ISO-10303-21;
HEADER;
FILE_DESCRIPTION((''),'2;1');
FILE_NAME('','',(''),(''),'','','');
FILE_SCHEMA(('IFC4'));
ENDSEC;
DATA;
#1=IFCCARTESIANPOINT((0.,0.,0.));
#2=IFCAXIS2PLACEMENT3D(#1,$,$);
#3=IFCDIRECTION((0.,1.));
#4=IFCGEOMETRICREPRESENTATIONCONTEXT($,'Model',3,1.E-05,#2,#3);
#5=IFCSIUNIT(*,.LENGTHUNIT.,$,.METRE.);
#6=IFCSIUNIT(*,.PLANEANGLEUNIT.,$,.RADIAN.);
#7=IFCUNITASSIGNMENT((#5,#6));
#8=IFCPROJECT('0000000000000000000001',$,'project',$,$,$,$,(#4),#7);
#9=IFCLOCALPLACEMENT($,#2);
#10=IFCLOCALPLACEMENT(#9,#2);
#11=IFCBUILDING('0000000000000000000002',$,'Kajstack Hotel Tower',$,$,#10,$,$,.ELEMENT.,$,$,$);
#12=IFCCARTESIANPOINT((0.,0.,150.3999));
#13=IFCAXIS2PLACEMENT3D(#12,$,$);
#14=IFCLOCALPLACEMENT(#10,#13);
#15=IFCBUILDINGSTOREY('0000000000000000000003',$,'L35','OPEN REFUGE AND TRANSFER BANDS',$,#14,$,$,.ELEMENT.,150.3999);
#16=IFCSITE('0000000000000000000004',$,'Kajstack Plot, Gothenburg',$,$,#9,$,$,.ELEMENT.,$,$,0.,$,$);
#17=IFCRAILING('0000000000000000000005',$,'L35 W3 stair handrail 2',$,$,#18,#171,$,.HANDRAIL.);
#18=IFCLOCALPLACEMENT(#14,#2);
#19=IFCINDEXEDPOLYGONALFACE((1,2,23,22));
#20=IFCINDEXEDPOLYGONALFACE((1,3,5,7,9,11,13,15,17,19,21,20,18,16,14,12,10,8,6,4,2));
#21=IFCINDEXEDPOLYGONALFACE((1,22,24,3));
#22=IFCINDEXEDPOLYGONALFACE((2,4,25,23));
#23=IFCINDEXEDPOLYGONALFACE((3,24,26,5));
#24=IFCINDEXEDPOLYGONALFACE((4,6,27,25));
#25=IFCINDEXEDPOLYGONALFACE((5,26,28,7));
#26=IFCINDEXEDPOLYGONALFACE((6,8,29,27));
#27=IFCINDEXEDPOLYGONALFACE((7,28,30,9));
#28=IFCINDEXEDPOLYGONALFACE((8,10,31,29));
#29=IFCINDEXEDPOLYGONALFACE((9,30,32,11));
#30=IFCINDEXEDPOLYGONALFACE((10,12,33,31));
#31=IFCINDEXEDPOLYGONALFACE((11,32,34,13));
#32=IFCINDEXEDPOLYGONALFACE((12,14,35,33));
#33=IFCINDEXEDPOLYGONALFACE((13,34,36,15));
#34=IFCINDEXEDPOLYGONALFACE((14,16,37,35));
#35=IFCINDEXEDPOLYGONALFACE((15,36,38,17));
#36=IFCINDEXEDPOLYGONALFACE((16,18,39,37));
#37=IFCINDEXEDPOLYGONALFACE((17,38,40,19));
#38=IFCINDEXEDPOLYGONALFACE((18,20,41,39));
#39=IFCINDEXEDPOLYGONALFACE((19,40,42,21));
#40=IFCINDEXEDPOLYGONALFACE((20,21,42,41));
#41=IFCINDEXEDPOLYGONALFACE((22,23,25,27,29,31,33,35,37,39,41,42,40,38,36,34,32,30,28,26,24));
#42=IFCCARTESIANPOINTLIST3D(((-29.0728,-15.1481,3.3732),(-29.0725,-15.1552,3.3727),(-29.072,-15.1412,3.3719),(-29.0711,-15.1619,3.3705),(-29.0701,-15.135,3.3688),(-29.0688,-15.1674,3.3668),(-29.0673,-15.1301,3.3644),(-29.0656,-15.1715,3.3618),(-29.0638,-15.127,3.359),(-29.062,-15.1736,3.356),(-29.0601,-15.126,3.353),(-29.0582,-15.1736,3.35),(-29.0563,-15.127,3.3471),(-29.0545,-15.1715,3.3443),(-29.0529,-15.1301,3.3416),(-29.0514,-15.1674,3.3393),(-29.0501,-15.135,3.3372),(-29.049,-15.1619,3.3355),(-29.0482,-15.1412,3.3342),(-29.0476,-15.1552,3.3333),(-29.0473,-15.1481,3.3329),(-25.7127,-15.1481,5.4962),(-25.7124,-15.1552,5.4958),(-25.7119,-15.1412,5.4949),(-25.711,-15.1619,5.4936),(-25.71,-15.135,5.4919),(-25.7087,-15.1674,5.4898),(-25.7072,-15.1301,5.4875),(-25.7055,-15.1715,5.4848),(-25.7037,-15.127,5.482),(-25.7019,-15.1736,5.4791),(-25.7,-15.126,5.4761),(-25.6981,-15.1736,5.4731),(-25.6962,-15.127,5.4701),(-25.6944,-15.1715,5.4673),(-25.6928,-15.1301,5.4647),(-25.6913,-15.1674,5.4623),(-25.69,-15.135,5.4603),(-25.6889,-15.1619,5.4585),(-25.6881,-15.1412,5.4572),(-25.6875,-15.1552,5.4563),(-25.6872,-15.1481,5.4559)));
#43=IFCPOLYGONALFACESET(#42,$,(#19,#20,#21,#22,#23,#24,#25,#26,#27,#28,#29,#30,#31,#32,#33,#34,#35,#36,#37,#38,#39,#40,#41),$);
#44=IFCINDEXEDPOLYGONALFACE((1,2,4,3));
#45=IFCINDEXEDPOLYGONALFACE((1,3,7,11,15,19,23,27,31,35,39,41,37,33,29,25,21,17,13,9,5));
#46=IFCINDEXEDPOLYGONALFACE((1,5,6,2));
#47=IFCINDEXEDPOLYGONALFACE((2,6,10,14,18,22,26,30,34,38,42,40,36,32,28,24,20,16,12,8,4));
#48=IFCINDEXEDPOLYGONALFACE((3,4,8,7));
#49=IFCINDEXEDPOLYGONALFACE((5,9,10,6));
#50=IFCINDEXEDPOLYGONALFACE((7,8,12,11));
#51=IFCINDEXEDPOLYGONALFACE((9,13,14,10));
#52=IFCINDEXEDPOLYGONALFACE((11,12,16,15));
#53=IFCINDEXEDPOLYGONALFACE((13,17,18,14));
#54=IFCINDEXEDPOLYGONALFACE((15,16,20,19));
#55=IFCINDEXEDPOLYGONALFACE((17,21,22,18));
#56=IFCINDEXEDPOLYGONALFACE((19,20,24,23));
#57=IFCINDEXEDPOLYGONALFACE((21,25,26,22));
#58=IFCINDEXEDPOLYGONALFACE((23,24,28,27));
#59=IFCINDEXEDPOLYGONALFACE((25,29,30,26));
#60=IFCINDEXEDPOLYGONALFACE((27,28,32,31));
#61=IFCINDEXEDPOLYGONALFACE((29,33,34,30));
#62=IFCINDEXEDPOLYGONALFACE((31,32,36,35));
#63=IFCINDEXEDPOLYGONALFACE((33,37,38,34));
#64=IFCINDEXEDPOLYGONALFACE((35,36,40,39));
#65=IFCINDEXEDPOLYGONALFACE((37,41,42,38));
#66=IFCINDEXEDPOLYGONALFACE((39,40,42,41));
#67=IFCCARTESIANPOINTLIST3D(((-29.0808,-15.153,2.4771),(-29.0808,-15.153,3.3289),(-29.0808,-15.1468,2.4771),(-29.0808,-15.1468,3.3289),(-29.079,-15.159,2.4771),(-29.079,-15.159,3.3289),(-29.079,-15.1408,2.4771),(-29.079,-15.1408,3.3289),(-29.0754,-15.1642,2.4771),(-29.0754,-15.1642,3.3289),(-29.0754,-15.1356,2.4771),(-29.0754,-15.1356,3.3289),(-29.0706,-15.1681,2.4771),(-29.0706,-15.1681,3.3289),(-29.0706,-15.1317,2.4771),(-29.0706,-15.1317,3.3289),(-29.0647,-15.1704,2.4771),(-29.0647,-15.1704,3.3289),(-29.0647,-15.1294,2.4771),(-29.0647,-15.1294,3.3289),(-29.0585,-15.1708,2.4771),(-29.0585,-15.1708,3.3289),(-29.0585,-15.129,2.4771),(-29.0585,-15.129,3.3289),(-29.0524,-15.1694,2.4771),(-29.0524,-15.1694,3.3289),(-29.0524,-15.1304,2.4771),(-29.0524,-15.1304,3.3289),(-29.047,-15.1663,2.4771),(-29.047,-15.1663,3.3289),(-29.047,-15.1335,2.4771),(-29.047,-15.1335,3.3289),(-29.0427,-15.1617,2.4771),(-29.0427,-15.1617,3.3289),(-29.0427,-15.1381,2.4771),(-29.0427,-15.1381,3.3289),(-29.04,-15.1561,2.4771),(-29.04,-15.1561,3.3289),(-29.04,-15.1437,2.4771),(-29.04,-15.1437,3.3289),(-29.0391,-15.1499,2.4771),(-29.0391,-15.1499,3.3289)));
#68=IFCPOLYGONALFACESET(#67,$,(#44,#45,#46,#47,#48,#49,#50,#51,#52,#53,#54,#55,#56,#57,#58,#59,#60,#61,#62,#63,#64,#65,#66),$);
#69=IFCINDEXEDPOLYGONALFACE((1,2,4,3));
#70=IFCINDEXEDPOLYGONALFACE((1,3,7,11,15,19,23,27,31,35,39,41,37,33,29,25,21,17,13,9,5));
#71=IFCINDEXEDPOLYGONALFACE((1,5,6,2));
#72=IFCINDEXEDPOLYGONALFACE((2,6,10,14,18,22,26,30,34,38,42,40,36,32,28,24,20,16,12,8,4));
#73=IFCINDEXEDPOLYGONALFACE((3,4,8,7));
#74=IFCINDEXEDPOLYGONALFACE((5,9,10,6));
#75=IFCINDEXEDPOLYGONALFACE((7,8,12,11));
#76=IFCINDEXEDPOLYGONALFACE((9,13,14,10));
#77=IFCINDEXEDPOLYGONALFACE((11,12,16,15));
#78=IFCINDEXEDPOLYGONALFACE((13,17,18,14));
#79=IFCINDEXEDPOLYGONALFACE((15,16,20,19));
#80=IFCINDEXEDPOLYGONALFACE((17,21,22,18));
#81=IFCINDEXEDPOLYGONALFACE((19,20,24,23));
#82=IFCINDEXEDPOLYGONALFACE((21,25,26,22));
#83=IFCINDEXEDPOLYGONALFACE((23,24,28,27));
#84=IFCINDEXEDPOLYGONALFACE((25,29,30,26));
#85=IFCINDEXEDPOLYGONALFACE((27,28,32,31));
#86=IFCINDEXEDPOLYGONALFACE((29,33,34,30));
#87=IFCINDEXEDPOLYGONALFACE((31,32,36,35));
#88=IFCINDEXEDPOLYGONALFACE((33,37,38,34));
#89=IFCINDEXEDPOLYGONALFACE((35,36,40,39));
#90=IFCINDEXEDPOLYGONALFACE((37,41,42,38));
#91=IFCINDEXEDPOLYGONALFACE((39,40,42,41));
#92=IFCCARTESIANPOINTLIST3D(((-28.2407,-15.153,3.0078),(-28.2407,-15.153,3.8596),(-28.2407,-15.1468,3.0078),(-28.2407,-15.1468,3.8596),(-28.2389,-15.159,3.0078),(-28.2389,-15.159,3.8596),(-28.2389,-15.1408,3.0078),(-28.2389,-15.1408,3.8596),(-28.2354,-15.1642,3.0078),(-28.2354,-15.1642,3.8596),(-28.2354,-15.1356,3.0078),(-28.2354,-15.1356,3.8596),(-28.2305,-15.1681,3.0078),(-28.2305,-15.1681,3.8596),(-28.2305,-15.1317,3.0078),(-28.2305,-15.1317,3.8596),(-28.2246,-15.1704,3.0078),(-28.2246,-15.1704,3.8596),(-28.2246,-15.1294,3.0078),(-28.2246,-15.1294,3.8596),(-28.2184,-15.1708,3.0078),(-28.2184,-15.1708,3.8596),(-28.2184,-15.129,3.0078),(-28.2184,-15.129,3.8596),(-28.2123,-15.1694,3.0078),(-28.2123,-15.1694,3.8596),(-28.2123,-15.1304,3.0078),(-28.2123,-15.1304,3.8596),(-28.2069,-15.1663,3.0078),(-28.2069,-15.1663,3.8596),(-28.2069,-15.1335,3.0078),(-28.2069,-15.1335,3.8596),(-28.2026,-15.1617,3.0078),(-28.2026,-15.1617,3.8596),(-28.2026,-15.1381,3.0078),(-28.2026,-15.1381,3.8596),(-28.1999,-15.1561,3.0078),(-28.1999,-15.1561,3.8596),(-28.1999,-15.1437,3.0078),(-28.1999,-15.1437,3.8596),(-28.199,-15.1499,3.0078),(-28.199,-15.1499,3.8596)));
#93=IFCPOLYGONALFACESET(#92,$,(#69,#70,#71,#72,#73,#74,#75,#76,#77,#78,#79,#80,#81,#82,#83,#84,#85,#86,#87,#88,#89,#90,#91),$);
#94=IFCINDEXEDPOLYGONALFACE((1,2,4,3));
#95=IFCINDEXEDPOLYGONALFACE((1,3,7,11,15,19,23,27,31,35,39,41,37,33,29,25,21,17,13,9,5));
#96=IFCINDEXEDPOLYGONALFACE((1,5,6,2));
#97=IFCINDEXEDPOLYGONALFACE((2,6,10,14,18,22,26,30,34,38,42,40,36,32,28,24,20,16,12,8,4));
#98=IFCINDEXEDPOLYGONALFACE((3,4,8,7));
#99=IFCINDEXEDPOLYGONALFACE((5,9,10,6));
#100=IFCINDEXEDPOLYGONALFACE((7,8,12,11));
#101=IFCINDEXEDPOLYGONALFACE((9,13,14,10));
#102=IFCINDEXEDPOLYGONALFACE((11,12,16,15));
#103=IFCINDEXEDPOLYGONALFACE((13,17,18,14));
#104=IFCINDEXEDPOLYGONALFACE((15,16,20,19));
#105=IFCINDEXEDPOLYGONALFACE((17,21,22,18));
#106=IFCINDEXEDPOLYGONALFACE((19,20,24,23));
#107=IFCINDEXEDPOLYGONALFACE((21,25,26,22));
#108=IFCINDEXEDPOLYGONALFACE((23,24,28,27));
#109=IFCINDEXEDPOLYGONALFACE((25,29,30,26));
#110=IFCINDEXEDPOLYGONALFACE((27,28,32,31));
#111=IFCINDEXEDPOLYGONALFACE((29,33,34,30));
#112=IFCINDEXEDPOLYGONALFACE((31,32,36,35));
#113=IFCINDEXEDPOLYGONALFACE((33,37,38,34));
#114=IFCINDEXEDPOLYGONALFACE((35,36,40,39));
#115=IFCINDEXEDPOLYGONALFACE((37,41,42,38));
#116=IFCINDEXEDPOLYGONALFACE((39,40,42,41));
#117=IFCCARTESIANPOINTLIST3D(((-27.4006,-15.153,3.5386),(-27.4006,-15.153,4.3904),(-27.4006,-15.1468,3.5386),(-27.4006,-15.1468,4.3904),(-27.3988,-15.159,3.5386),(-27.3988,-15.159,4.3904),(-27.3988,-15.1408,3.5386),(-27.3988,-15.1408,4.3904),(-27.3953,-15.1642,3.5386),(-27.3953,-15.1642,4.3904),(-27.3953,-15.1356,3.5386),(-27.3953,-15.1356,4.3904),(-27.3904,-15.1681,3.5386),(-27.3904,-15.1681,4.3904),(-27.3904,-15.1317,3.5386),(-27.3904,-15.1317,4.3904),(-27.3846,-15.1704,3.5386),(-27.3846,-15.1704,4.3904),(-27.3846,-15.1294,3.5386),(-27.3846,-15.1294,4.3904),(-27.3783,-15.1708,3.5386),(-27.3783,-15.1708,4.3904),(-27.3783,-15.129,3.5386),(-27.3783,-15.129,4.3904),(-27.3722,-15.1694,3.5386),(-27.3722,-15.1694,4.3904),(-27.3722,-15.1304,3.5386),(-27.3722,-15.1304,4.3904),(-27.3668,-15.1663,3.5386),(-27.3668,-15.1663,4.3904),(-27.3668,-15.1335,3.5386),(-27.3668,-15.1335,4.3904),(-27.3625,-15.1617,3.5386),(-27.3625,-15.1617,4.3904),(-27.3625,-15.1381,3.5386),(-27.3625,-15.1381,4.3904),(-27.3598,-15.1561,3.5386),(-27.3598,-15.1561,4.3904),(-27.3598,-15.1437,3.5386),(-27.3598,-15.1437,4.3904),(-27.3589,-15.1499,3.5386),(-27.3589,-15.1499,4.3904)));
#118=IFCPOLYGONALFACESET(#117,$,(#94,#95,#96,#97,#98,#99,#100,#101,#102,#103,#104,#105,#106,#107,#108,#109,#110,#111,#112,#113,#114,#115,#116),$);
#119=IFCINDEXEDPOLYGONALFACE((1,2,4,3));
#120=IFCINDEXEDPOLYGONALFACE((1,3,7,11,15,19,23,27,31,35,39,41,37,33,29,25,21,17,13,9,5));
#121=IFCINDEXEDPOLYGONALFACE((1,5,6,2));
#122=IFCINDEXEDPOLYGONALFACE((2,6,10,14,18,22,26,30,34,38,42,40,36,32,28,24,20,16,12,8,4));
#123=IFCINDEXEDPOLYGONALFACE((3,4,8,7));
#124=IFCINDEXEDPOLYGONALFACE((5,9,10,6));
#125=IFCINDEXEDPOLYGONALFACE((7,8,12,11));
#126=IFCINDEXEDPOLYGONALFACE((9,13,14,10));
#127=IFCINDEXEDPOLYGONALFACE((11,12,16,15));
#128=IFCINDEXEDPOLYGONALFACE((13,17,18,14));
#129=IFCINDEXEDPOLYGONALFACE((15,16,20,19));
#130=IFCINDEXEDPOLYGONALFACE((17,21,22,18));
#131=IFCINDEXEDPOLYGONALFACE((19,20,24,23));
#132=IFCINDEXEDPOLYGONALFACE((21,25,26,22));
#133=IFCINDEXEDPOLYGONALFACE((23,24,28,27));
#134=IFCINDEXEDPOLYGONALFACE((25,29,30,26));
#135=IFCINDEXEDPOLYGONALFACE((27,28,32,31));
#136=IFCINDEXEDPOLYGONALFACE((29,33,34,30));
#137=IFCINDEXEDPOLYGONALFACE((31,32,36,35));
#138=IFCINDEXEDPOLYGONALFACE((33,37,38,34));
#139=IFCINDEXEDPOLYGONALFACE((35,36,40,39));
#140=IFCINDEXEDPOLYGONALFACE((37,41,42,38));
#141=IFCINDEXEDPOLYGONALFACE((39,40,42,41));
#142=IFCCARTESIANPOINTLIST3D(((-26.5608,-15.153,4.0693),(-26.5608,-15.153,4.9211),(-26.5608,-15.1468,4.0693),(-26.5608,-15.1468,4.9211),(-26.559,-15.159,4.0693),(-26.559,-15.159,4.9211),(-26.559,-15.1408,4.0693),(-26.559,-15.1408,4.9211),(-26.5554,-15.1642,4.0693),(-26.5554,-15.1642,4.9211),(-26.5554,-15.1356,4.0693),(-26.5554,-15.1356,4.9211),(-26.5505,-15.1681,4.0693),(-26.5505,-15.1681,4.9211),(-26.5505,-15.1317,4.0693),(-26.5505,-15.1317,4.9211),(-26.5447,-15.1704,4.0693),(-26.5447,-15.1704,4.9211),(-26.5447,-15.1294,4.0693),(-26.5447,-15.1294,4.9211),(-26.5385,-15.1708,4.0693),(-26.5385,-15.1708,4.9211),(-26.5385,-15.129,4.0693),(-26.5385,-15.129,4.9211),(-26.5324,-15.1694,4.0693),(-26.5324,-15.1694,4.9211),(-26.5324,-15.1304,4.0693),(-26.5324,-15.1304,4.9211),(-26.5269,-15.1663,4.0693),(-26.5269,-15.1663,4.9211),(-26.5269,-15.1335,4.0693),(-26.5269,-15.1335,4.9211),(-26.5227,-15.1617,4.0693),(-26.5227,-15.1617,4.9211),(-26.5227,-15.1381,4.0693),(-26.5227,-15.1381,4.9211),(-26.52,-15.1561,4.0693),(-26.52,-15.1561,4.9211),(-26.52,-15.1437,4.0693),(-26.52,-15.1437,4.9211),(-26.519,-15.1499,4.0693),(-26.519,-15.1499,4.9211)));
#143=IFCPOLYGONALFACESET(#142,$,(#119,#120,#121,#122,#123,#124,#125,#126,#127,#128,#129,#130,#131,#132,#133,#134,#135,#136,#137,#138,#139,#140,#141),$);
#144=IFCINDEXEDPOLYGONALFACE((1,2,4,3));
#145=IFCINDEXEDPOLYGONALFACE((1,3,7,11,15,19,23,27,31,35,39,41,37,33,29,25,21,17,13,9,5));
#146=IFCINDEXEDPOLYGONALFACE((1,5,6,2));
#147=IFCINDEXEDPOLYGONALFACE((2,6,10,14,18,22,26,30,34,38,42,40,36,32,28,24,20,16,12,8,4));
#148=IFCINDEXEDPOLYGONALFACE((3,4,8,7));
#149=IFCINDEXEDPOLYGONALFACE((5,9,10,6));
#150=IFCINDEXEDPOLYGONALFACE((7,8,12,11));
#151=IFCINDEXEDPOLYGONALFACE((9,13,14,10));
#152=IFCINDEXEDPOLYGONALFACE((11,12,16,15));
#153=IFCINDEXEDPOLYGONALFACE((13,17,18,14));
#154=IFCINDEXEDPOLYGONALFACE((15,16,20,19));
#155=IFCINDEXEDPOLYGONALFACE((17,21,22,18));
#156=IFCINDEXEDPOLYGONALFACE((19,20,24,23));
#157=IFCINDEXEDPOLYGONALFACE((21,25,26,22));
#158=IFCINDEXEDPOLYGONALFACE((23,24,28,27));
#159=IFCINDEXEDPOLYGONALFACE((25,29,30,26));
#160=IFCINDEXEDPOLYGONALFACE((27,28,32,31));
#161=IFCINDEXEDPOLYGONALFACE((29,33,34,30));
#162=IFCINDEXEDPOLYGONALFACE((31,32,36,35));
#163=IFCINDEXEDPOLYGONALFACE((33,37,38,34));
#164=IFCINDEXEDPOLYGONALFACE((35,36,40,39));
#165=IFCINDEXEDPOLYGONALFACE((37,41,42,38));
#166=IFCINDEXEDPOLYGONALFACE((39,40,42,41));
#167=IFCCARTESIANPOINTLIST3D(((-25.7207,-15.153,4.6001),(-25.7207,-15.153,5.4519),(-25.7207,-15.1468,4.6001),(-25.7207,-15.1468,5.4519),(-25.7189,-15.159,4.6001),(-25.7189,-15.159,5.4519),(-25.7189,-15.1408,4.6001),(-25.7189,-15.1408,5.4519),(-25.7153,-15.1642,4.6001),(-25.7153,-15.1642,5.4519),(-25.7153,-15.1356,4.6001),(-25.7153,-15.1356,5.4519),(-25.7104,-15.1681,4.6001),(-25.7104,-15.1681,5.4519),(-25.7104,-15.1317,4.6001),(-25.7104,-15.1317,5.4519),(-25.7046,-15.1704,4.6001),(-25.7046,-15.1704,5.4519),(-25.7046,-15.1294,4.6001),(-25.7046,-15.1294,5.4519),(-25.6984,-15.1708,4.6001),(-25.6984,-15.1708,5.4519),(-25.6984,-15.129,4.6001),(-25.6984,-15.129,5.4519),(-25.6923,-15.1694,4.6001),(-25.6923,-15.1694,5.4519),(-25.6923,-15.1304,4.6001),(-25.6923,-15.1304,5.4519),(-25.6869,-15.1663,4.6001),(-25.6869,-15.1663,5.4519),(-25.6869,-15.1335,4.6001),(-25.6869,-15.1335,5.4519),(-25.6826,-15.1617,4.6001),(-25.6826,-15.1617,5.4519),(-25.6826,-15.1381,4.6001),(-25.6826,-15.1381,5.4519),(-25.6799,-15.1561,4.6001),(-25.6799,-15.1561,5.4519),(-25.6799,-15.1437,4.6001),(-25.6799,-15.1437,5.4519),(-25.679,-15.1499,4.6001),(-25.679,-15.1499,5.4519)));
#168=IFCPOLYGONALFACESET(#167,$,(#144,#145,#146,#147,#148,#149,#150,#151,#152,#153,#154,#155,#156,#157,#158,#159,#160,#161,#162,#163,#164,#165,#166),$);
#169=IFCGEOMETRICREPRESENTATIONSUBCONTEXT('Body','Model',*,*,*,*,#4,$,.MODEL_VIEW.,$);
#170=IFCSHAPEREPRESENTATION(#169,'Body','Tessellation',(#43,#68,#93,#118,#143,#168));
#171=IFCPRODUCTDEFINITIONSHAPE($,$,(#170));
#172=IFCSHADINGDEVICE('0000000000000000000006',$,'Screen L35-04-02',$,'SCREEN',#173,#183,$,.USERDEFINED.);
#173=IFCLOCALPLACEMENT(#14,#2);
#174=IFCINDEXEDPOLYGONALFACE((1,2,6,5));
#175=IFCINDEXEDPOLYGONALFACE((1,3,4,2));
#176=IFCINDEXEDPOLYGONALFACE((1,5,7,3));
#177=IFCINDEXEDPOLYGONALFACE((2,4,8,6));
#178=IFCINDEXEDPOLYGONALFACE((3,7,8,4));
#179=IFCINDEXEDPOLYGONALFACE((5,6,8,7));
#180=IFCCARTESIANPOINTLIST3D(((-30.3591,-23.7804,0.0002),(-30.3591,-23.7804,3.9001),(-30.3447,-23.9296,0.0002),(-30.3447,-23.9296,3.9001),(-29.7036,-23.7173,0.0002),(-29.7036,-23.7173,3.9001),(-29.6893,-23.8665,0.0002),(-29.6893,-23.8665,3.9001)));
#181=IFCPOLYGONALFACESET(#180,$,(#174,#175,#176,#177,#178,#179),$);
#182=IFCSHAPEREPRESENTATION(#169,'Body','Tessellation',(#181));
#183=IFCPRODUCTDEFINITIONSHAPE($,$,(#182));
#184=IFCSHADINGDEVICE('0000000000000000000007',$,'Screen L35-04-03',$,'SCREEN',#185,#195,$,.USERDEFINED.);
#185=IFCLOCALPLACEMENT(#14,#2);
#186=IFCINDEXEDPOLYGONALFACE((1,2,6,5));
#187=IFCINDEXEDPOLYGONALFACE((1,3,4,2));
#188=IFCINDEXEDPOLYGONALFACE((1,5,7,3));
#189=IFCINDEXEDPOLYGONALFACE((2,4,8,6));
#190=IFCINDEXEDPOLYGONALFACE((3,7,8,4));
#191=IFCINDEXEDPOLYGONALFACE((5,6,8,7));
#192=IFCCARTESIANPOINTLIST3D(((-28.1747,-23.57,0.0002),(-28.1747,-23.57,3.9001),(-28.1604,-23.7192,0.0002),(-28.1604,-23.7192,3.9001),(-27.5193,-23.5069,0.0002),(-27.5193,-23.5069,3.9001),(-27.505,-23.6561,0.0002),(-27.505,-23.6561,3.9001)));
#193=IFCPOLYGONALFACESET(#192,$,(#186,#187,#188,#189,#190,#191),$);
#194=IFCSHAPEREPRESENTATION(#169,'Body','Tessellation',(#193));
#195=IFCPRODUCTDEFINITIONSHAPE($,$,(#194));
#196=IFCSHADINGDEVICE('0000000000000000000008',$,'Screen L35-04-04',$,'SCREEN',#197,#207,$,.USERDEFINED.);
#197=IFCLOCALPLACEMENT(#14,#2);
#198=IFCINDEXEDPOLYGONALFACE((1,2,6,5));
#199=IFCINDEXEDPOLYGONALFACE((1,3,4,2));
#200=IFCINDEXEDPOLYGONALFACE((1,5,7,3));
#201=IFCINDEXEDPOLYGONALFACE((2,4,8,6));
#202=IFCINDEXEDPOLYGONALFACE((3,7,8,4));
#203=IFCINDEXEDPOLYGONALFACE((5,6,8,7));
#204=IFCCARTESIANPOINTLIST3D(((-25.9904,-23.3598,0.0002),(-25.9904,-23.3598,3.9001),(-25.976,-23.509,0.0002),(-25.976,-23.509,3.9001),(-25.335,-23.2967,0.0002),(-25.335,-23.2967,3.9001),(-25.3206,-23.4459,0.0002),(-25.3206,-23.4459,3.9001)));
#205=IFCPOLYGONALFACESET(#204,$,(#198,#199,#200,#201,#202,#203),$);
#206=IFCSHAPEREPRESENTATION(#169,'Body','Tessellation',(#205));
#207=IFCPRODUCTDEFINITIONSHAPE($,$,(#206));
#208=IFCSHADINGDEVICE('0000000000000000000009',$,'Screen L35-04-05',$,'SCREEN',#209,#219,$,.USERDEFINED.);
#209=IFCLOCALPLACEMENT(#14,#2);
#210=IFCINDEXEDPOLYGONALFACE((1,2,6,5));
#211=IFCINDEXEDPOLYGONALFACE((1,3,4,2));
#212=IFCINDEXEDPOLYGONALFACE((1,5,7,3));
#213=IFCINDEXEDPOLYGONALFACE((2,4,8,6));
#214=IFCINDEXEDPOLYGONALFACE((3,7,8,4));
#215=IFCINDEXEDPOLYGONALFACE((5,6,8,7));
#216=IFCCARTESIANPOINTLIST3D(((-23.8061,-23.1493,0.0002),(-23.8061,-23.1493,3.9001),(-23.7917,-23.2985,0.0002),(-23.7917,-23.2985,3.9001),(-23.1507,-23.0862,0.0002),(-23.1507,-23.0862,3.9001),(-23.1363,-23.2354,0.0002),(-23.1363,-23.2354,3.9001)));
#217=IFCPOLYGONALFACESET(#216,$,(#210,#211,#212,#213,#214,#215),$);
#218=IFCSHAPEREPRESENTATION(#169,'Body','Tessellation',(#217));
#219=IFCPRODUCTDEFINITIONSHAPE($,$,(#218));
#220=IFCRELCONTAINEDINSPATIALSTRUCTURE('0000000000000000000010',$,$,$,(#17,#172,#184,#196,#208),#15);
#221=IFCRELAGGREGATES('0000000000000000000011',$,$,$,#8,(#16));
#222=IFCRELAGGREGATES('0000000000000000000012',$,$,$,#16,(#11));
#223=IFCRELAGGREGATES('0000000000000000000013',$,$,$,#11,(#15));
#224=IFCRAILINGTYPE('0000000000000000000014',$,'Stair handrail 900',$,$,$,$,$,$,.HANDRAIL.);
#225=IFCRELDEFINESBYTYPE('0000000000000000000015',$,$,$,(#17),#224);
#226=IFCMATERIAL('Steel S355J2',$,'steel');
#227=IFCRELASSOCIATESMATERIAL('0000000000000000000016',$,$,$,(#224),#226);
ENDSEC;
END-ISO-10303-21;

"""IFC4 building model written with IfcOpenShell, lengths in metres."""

from ifc_helpers import new_model, si_unit, direction, frame, origin, origin_2d, place, context, subcontext, project, spatial, rectangle, circle, extrude, material, type_object, element, save


model = new_model("IFC4")

# Units and contexts
model_context = context("Model", 3, precision=1e-05, world=origin(), true_north=direction((0.0, 1.0)))
body_context = subcontext(model_context, "Body", "Model", "MODEL_VIEW")
ifc_project = project(units=[si_unit("LENGTHUNIT", "METRE"), si_unit("PLANEANGLEUNIT", "RADIAN")], contexts=[model_context])

# Site, building, storey
site_placement = place(None, origin())
site = spatial("IfcSite", under=ifc_project, at=site_placement, Name="Kajstack Plot, Gothenburg", CompositionType="ELEMENT", RefElevation=0.0)
building_placement = place(site_placement, origin())
building = spatial("IfcBuilding", under=site, at=building_placement, Name="Kajstack Hotel Tower", CompositionType="ELEMENT")
storey_placement = place(building_placement, frame((0.0, 0.0, 150.3999)))
storey = spatial("IfcBuildingStorey", under=building, at=storey_placement, Name="L35", Description="OPEN REFUGE AND TRANSFER BANDS", CompositionType="ELEMENT", Elevation=150.3999)

# Railing
ifc_material_1 = material(Name="Steel S355J2", Category="steel")
railing_type_1 = type_object("IfcRailingType", Name="Stair handrail 900", PredefinedType="HANDRAIL", material=ifc_material_1)
railing_1_placement = place(storey_placement, frame((-29.0601, -15.1499, 2.4771)))
element("IfcRailing", 1, at=railing_1_placement, inside=storey, type_object=railing_type_1, Name="L35 W3 stair handrail 2", PredefinedType="HANDRAIL", context=body_context, shape_type="SweptSolid", body=[
    extrude(circle(Radius=0.0239, at=origin_2d()), frame((0.0, 0.0, 0.876), z_axis=(0.84539, 0.0, 0.53415), x_axis=(0.0, 1.0, 0.0)), (0.0, 0.0, 1.0), 3.9746),
    extrude(circle(Radius=0.021, at=origin_2d()), origin(), (0.0, 0.0, 1.0), 0.8518),
    extrude(circle(Radius=0.021, at=origin_2d()), frame((0.8401, 0.0, 0.5308)), (0.0, 0.0, 1.0), 0.8518),
    extrude(circle(Radius=0.021, at=origin_2d()), frame((1.6802, 0.0, 1.0615)), (0.0, 0.0, 1.0), 0.8518),
    extrude(circle(Radius=0.021, at=origin_2d()), frame((2.52, 0.0, 1.5923)), (0.0, 0.0, 1.0), 0.8518),
    extrude(circle(Radius=0.021, at=origin_2d()), frame((3.3601, 0.0, 2.123)), (0.0, 0.0, 1.0), 0.8518),
])

# Shading devices
for number, where, z_axis, x_axis, name in (
    (2, (-30.0242, -23.8235, 0.0002), (0.0, 0.0, 1.0), (0.995396, 0.095846, 0.0), "Screen L35-04-02"),
    (3, (-27.8398, -23.613, 0.0002), (0.0, 0.0, 1.0), (0.995396, 0.095846, 0.0), "Screen L35-04-03"),
    (4, (-25.6555, -23.4028, 0.0002), (0.0, 0.0, 1.0), (0.995396, 0.095846, 0.0), "Screen L35-04-04"),
    (5, (-23.4712, -23.1924, 0.0002), (0.0, 0.0, 1.0), (0.995396, 0.095846, 0.0), "Screen L35-04-05"),
):
    element("IfcShadingDevice", number, at=place(storey_placement, frame(where, z_axis=z_axis, x_axis=x_axis)), inside=storey, Name=name, ObjectType="SCREEN", PredefinedType="USERDEFINED", context=body_context, shape_type="SweptSolid", body=[
        extrude(rectangle(XDim=0.6584, YDim=0.1499, at=origin_2d()), origin(), (0.0, 0.0, 1.0), 3.8999),
    ])

save(model, "model.ifc")
